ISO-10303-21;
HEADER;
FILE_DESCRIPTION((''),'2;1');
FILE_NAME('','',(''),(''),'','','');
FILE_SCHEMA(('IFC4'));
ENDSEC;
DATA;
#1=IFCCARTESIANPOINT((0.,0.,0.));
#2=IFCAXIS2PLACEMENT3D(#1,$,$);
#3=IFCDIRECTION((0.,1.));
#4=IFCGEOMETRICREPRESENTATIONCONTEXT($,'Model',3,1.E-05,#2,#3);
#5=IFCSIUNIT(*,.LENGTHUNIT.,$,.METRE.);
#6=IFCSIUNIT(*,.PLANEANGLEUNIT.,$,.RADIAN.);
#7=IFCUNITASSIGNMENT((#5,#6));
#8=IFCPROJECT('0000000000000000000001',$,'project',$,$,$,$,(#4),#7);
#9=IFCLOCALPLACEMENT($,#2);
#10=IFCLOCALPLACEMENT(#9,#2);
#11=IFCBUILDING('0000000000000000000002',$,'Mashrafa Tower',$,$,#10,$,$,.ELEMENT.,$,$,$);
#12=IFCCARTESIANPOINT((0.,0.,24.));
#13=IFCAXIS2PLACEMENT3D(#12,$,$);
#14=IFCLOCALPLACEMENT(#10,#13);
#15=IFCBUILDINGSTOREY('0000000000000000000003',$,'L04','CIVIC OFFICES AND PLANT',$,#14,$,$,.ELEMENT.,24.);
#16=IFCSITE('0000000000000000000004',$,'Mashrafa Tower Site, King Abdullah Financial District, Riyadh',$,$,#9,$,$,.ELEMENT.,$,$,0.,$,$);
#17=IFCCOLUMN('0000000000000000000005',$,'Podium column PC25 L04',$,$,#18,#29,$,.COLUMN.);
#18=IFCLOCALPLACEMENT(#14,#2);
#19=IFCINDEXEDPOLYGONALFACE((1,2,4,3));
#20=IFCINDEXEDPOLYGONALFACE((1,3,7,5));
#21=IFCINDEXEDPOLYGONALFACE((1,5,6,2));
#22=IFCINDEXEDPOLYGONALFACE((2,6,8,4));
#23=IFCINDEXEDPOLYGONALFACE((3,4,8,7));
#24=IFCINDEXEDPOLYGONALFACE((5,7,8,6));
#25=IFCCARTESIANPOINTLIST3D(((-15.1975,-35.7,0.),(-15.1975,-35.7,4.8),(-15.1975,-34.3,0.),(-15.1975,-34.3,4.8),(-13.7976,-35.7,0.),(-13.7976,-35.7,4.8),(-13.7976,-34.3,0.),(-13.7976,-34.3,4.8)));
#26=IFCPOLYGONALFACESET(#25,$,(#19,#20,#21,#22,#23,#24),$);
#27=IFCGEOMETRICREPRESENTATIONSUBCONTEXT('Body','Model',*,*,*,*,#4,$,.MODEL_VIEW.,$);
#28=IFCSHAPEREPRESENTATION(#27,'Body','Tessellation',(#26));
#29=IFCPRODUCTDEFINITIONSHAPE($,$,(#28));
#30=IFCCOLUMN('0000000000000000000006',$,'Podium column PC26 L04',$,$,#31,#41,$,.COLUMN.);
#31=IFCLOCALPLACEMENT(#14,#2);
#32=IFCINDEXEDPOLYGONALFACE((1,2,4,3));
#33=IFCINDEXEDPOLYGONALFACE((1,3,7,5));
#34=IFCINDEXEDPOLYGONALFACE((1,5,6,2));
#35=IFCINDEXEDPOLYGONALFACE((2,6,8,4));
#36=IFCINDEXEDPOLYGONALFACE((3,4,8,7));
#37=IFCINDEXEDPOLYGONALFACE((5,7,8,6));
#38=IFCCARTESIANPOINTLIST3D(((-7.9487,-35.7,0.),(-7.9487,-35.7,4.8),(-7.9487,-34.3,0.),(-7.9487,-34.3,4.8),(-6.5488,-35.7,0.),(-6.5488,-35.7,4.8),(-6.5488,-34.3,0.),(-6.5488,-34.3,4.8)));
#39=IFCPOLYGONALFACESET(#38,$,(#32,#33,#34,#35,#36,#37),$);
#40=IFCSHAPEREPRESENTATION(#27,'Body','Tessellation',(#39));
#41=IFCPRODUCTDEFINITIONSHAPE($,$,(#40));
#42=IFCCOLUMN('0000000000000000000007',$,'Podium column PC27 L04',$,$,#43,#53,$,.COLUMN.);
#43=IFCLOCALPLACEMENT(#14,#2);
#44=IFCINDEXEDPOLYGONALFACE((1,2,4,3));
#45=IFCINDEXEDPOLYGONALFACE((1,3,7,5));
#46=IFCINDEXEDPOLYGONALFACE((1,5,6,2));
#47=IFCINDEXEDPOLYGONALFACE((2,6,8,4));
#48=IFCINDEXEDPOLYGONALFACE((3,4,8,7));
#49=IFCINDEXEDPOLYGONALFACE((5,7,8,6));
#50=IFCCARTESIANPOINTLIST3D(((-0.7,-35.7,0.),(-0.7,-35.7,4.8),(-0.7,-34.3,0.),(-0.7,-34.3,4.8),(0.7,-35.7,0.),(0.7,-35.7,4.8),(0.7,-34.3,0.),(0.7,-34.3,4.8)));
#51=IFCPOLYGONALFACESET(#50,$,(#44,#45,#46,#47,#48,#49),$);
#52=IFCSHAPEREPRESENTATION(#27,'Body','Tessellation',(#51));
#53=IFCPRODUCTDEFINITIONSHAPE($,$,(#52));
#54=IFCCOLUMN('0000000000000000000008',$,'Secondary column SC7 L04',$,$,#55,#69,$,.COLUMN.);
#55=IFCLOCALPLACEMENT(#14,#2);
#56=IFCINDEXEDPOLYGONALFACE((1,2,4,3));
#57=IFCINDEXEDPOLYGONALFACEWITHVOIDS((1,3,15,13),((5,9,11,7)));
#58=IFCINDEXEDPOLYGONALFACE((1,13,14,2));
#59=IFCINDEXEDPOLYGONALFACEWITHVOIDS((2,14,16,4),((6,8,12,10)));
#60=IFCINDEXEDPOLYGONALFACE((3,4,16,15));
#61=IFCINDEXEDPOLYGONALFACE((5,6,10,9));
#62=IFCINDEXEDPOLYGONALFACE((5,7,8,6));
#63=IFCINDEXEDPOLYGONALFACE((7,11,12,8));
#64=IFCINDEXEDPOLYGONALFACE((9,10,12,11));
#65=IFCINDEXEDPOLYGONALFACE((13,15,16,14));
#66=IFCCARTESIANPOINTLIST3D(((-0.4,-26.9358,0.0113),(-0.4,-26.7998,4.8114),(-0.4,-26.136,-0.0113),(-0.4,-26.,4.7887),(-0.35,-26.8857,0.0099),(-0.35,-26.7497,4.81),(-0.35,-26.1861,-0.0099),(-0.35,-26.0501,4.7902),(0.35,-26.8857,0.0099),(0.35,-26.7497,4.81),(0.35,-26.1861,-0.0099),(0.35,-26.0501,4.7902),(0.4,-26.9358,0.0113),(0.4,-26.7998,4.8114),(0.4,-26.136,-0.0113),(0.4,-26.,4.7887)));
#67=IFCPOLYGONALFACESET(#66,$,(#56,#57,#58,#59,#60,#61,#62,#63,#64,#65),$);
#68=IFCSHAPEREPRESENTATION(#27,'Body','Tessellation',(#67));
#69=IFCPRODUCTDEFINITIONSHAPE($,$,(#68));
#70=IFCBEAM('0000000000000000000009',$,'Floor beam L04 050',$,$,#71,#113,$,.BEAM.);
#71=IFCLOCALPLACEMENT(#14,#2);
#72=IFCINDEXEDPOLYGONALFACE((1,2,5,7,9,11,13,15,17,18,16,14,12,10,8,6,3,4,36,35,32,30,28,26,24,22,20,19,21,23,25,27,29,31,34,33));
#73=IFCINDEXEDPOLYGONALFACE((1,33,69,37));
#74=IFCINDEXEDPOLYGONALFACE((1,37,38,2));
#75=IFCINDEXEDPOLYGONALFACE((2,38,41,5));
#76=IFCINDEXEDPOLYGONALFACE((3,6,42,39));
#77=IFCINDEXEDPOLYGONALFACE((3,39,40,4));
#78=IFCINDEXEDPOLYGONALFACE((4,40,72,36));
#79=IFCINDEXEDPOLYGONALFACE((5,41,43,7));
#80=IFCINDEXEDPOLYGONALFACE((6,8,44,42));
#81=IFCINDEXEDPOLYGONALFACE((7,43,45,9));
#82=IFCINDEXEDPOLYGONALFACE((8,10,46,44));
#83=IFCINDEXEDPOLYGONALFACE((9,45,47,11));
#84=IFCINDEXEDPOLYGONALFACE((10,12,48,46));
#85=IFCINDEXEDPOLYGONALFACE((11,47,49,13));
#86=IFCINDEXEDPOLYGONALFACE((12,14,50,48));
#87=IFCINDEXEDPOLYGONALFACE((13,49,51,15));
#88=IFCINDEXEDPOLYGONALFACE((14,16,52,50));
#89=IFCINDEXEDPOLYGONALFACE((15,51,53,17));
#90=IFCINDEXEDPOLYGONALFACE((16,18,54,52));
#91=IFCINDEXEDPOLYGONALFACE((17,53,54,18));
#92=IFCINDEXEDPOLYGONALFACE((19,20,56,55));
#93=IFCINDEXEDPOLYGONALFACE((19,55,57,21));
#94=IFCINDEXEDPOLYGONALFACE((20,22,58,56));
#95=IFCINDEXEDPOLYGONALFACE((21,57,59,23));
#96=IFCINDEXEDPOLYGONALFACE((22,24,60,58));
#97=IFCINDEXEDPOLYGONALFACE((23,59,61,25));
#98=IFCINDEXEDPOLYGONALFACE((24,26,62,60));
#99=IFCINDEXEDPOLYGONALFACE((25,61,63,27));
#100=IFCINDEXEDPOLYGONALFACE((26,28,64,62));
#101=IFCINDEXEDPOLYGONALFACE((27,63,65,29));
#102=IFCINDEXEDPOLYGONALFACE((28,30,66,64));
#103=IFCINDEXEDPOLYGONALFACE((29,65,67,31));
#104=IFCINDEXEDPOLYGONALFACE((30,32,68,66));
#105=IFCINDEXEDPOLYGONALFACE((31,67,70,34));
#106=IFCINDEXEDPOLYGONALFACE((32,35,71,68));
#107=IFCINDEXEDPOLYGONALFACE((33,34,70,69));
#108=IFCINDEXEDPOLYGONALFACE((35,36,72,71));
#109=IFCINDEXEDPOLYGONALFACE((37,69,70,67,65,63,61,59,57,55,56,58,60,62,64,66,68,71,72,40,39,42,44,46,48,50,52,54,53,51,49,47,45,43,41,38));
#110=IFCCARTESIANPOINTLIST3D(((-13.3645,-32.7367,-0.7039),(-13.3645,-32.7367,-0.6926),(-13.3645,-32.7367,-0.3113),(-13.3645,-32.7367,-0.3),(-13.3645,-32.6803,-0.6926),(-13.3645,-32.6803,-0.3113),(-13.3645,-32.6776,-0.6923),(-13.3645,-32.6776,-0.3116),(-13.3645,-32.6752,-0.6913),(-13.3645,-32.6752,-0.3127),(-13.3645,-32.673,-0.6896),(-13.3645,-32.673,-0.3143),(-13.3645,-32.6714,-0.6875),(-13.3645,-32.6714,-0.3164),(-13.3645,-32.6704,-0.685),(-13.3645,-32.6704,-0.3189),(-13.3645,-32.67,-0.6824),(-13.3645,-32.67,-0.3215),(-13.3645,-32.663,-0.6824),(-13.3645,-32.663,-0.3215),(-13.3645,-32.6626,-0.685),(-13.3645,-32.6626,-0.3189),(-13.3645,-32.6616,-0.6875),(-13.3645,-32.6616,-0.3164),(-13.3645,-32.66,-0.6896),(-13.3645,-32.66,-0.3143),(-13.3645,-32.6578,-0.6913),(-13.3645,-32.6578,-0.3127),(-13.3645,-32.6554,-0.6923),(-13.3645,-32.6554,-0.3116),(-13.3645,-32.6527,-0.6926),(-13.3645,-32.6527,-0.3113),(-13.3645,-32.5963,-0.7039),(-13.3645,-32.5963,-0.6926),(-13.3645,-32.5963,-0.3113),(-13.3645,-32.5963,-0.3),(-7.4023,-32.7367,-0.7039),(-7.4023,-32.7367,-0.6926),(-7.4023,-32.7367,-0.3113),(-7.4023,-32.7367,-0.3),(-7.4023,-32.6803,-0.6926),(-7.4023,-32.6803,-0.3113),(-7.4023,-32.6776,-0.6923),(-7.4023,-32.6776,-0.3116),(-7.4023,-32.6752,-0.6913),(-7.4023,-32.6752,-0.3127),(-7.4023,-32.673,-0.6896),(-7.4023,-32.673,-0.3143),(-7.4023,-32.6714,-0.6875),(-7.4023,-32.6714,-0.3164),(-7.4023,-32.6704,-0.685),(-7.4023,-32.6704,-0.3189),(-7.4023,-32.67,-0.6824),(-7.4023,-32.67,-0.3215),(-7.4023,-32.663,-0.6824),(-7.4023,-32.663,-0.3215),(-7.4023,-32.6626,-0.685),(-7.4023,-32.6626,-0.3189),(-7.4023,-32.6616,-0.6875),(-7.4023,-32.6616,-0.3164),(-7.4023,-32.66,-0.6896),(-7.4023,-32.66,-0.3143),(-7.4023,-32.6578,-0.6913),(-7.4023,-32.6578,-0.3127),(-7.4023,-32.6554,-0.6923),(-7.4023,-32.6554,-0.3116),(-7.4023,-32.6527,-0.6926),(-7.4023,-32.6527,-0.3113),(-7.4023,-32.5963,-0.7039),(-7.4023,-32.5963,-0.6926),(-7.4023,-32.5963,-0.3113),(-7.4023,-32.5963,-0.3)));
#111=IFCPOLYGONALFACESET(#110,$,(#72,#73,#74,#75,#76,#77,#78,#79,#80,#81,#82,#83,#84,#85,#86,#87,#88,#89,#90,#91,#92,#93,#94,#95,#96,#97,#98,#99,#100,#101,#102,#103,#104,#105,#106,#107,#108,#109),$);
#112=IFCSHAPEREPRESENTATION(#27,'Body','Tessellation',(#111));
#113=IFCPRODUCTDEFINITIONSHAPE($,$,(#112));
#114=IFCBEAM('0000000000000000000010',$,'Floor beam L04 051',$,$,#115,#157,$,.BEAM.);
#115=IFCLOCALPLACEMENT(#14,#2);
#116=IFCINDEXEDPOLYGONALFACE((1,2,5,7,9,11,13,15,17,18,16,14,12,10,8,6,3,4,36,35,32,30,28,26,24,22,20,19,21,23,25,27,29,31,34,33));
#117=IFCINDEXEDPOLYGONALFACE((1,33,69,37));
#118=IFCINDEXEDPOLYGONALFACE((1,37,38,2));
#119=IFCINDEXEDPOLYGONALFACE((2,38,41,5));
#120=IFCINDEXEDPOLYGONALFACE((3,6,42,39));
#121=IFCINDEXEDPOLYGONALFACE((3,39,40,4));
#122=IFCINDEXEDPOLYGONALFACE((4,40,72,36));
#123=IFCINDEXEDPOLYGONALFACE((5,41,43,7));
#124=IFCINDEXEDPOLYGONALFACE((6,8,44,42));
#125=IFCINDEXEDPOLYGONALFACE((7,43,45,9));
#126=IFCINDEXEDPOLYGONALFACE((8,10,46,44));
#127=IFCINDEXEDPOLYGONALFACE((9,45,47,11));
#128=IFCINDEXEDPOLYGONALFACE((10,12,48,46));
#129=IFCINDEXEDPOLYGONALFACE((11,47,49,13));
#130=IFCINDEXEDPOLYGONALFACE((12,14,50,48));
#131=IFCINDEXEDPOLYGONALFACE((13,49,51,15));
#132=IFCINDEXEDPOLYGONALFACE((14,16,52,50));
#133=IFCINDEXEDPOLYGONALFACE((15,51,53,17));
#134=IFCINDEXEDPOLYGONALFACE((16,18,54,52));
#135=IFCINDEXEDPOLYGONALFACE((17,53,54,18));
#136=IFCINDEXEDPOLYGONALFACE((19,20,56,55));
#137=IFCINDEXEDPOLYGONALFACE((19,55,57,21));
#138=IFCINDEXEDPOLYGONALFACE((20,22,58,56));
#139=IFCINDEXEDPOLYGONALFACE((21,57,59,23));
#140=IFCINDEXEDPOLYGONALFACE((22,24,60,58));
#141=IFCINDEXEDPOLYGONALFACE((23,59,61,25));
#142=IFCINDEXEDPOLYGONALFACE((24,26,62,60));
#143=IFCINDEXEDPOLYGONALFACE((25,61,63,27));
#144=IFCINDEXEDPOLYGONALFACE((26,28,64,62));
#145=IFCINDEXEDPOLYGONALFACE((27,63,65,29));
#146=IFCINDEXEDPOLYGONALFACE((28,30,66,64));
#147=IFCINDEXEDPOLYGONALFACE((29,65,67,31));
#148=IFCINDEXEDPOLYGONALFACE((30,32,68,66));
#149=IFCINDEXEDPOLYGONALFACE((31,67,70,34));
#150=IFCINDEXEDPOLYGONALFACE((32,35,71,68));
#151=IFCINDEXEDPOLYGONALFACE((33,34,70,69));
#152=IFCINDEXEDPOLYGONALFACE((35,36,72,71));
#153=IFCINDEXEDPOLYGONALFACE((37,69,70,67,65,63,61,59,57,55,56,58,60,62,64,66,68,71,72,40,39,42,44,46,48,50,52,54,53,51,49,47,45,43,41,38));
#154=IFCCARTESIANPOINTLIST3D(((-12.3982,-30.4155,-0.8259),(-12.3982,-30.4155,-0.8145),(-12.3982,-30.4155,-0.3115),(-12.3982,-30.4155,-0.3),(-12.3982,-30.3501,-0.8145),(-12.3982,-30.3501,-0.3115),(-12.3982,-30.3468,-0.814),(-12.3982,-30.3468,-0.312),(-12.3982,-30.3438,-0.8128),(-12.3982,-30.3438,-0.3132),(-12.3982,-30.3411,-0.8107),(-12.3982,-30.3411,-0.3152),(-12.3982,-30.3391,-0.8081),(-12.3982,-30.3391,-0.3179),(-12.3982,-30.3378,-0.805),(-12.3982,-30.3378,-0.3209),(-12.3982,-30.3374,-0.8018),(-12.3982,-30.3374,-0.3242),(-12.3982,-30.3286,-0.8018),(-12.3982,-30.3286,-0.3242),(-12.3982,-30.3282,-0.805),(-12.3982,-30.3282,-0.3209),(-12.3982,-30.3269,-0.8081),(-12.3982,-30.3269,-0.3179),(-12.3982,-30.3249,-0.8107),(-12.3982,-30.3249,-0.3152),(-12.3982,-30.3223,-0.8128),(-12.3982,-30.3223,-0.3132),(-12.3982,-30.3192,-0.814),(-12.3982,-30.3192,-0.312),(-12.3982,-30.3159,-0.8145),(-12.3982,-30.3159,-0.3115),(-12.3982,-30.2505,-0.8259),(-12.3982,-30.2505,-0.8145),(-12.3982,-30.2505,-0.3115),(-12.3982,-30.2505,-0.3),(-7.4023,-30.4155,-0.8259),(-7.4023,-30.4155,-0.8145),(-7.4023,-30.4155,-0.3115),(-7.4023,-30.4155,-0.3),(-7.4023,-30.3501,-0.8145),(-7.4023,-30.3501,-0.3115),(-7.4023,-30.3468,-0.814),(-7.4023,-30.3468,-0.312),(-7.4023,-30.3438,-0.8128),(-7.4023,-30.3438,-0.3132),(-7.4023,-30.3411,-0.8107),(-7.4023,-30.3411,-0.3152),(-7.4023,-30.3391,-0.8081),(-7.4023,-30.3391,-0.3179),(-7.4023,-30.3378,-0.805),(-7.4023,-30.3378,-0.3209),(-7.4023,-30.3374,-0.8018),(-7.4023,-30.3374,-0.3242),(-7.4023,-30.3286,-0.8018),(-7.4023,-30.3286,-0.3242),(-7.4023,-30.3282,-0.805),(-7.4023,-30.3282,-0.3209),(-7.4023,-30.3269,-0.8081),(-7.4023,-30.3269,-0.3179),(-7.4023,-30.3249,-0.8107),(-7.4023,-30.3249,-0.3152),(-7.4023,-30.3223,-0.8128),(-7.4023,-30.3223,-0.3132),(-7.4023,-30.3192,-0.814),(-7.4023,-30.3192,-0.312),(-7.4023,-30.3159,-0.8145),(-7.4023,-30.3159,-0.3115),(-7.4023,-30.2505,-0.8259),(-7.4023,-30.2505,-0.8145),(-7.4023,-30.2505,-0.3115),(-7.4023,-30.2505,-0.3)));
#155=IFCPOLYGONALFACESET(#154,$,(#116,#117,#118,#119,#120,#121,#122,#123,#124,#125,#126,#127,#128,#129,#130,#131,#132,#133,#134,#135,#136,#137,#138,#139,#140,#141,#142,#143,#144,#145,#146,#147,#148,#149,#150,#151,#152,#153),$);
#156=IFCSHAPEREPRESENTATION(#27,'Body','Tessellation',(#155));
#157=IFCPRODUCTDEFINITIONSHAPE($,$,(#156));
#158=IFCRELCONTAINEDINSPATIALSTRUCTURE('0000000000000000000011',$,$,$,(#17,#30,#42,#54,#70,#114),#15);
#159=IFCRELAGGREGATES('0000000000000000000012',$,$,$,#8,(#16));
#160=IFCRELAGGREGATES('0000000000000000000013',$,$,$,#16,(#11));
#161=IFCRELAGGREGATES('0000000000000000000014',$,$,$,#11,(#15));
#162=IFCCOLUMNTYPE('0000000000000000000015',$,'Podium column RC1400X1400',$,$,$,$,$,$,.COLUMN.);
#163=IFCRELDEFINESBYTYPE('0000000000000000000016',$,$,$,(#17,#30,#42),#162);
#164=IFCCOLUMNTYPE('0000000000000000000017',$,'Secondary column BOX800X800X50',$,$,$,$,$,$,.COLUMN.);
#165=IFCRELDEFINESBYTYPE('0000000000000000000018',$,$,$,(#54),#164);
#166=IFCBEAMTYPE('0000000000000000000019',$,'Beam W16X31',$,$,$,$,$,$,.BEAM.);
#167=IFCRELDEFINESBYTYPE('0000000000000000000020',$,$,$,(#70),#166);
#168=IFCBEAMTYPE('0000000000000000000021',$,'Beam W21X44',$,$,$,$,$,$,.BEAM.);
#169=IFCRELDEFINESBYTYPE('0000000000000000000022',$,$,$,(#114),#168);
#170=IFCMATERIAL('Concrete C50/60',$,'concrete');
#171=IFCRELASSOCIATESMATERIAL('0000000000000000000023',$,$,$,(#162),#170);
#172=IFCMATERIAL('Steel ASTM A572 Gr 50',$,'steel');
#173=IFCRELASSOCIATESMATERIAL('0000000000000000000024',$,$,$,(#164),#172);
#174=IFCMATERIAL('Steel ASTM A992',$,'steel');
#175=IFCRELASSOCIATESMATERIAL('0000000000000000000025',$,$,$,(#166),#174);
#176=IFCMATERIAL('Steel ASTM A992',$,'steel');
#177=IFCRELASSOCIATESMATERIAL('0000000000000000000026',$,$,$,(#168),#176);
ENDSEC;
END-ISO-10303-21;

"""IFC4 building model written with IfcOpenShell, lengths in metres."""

from ifc_helpers import new_model, si_unit, direction, frame, origin, origin_2d, place, context, subcontext, project, spatial, rectangle, hollow_rectangle, i_section, extrude, material, material_profile, profile_set, type_object, element, save


model = new_model("IFC4")

# Units and contexts
model_context = context("Model", 3, precision=1e-05, world=origin(), true_north=direction((0.0, 1.0)))
body_context = subcontext(model_context, "Body", "Model", "MODEL_VIEW")
ifc_project = project(units=[si_unit("LENGTHUNIT", "METRE"), si_unit("PLANEANGLEUNIT", "RADIAN")], contexts=[model_context])

# Site, building, storey
site_placement = place(None, origin())
site = spatial("IfcSite", under=ifc_project, at=site_placement, Name="Mashrafa Tower Site, King Abdullah Financial District, Riyadh", CompositionType="ELEMENT", RefElevation=0.0)
building_placement = place(site_placement, origin())
building = spatial("IfcBuilding", under=site, at=building_placement, Name="Mashrafa Tower", CompositionType="ELEMENT")
storey_placement = place(building_placement, frame((0.0, 0.0, 24.0)))
storey = spatial("IfcBuildingStorey", under=building, at=storey_placement, Name="L04", Description="CIVIC OFFICES AND PLANT", CompositionType="ELEMENT", Elevation=24.0)

# Columns
ifc_material_1 = material(Name="Concrete C50/60", Category="concrete")
ifc_material_profile_1 = material_profile(ifc_material_1, rectangle(XDim=1.3999, YDim=1.3999, at=origin_2d()), Name="RC1400X1400")
ifc_profile_set_1 = profile_set([ifc_material_profile_1], Name="Concrete C50/60")
column_type_1 = type_object("IfcColumnType", Name="Podium column RC1400X1400", PredefinedType="COLUMN", material=ifc_profile_set_1)
for number, where, z_axis, x_axis, name in (
    (1, (-14.4976, -35.0, 0.0), (0.0, 0.0, 1.0), (1.0, 0.0, 0.0), "Podium column PC25 L04"),
    (2, (-7.2488, -35.0, 0.0), (0.0, 0.0, 1.0), (1.0, 0.0, 0.0), "Podium column PC26 L04"),
    (3, (0.0, -35.0, 0.0), (0.0, 0.0, 1.0), (1.0, 0.0, 0.0), "Podium column PC27 L04"),
):
    element("IfcColumn", number, at=place(storey_placement, frame(where, z_axis=z_axis, x_axis=x_axis)), inside=storey, type_object=column_type_1, Name=name, PredefinedType="COLUMN", context=body_context, shape_type="SweptSolid", body=[
        extrude(rectangle(XDim=1.3999, YDim=1.3999, at=origin_2d()), origin(), (0.0, 0.0, 1.0), 4.8),
    ])
ifc_material_2 = material(Name="Steel ASTM A572 Gr 50", Category="steel")
ifc_material_profile_2 = material_profile(ifc_material_2, hollow_rectangle(XDim=0.8, YDim=0.8, WallThickness=0.05, at=origin_2d()), Name="BOX800X800X50")
ifc_profile_set_2 = profile_set([ifc_material_profile_2], Name="Steel ASTM A572 Gr 50")
column_type_2 = type_object("IfcColumnType", Name="Secondary column BOX800X800X50", PredefinedType="COLUMN", material=ifc_profile_set_2)
column_placement = place(storey_placement, frame((0.0, -26.5359, 0.0), z_axis=(0.0, 0.028319, 0.999599), x_axis=(-1.0, 0.0, 0.0)))
element("IfcColumn", 4, at=column_placement, inside=storey, type_object=column_type_2, Name="Secondary column SC7 L04", PredefinedType="COLUMN", context=body_context, shape_type="SweptSolid", body=[
    extrude(hollow_rectangle(XDim=0.8, YDim=0.8, WallThickness=0.05, at=origin_2d()), origin(), (0.0, 0.0, 1.0), 4.802),
])

# Beams
ifc_material_3 = material(Name="Steel ASTM A992", Category="steel")
ifc_material_profile_3 = material_profile(ifc_material_3, i_section(OverallWidth=0.1404, OverallDepth=0.4038, WebThickness=0.0071, FlangeThickness=0.0112, FilletRadius=0.0103, at=origin_2d()), Name="W16X31")
ifc_profile_set_3 = profile_set([ifc_material_profile_3], Name="Steel ASTM A992")
beam_type_1 = type_object("IfcBeamType", Name="Beam W16X31", PredefinedType="BEAM", material=ifc_profile_set_3)
beam_1_placement = place(storey_placement, frame((-7.4023, -32.6665, -0.502), z_axis=(-1.0, 0.0, 0.0), x_axis=(0.0, -1.0, 0.0)))
element("IfcBeam", 5, at=beam_1_placement, inside=storey, type_object=beam_type_1, Name="Floor beam L04 050", PredefinedType="BEAM", context=body_context, shape_type="SweptSolid", body=[
    extrude(i_section(OverallWidth=0.1404, OverallDepth=0.4038, WebThickness=0.0071, FlangeThickness=0.0112, FilletRadius=0.0103, at=origin_2d()), origin(), (0.0, 0.0, 1.0), 5.9622),
])
ifc_material_4 = material(Name="Steel ASTM A992", Category="steel")
ifc_material_profile_4 = material_profile(ifc_material_4, i_section(OverallWidth=0.165, OverallDepth=0.5259, WebThickness=0.0088, FlangeThickness=0.0115, FilletRadius=0.0127, at=origin_2d()), Name="W21X44")
ifc_profile_set_4 = profile_set([ifc_material_profile_4], Name="Steel ASTM A992")
beam_type_2 = type_object("IfcBeamType", Name="Beam W21X44", PredefinedType="BEAM", material=ifc_profile_set_4)
beam_2_placement = place(storey_placement, frame((-7.4023, -30.333, -0.563), z_axis=(-1.0, 0.0, 0.0), x_axis=(0.0, -1.0, 0.0)))
element("IfcBeam", 6, at=beam_2_placement, inside=storey, type_object=beam_type_2, Name="Floor beam L04 051", PredefinedType="BEAM", context=body_context, shape_type="SweptSolid", body=[
    extrude(i_section(OverallWidth=0.165, OverallDepth=0.5259, WebThickness=0.0088, FlangeThickness=0.0115, FilletRadius=0.0127, at=origin_2d()), origin(), (0.0, 0.0, 1.0), 4.9958),
])

save(model, "model.ifc")
